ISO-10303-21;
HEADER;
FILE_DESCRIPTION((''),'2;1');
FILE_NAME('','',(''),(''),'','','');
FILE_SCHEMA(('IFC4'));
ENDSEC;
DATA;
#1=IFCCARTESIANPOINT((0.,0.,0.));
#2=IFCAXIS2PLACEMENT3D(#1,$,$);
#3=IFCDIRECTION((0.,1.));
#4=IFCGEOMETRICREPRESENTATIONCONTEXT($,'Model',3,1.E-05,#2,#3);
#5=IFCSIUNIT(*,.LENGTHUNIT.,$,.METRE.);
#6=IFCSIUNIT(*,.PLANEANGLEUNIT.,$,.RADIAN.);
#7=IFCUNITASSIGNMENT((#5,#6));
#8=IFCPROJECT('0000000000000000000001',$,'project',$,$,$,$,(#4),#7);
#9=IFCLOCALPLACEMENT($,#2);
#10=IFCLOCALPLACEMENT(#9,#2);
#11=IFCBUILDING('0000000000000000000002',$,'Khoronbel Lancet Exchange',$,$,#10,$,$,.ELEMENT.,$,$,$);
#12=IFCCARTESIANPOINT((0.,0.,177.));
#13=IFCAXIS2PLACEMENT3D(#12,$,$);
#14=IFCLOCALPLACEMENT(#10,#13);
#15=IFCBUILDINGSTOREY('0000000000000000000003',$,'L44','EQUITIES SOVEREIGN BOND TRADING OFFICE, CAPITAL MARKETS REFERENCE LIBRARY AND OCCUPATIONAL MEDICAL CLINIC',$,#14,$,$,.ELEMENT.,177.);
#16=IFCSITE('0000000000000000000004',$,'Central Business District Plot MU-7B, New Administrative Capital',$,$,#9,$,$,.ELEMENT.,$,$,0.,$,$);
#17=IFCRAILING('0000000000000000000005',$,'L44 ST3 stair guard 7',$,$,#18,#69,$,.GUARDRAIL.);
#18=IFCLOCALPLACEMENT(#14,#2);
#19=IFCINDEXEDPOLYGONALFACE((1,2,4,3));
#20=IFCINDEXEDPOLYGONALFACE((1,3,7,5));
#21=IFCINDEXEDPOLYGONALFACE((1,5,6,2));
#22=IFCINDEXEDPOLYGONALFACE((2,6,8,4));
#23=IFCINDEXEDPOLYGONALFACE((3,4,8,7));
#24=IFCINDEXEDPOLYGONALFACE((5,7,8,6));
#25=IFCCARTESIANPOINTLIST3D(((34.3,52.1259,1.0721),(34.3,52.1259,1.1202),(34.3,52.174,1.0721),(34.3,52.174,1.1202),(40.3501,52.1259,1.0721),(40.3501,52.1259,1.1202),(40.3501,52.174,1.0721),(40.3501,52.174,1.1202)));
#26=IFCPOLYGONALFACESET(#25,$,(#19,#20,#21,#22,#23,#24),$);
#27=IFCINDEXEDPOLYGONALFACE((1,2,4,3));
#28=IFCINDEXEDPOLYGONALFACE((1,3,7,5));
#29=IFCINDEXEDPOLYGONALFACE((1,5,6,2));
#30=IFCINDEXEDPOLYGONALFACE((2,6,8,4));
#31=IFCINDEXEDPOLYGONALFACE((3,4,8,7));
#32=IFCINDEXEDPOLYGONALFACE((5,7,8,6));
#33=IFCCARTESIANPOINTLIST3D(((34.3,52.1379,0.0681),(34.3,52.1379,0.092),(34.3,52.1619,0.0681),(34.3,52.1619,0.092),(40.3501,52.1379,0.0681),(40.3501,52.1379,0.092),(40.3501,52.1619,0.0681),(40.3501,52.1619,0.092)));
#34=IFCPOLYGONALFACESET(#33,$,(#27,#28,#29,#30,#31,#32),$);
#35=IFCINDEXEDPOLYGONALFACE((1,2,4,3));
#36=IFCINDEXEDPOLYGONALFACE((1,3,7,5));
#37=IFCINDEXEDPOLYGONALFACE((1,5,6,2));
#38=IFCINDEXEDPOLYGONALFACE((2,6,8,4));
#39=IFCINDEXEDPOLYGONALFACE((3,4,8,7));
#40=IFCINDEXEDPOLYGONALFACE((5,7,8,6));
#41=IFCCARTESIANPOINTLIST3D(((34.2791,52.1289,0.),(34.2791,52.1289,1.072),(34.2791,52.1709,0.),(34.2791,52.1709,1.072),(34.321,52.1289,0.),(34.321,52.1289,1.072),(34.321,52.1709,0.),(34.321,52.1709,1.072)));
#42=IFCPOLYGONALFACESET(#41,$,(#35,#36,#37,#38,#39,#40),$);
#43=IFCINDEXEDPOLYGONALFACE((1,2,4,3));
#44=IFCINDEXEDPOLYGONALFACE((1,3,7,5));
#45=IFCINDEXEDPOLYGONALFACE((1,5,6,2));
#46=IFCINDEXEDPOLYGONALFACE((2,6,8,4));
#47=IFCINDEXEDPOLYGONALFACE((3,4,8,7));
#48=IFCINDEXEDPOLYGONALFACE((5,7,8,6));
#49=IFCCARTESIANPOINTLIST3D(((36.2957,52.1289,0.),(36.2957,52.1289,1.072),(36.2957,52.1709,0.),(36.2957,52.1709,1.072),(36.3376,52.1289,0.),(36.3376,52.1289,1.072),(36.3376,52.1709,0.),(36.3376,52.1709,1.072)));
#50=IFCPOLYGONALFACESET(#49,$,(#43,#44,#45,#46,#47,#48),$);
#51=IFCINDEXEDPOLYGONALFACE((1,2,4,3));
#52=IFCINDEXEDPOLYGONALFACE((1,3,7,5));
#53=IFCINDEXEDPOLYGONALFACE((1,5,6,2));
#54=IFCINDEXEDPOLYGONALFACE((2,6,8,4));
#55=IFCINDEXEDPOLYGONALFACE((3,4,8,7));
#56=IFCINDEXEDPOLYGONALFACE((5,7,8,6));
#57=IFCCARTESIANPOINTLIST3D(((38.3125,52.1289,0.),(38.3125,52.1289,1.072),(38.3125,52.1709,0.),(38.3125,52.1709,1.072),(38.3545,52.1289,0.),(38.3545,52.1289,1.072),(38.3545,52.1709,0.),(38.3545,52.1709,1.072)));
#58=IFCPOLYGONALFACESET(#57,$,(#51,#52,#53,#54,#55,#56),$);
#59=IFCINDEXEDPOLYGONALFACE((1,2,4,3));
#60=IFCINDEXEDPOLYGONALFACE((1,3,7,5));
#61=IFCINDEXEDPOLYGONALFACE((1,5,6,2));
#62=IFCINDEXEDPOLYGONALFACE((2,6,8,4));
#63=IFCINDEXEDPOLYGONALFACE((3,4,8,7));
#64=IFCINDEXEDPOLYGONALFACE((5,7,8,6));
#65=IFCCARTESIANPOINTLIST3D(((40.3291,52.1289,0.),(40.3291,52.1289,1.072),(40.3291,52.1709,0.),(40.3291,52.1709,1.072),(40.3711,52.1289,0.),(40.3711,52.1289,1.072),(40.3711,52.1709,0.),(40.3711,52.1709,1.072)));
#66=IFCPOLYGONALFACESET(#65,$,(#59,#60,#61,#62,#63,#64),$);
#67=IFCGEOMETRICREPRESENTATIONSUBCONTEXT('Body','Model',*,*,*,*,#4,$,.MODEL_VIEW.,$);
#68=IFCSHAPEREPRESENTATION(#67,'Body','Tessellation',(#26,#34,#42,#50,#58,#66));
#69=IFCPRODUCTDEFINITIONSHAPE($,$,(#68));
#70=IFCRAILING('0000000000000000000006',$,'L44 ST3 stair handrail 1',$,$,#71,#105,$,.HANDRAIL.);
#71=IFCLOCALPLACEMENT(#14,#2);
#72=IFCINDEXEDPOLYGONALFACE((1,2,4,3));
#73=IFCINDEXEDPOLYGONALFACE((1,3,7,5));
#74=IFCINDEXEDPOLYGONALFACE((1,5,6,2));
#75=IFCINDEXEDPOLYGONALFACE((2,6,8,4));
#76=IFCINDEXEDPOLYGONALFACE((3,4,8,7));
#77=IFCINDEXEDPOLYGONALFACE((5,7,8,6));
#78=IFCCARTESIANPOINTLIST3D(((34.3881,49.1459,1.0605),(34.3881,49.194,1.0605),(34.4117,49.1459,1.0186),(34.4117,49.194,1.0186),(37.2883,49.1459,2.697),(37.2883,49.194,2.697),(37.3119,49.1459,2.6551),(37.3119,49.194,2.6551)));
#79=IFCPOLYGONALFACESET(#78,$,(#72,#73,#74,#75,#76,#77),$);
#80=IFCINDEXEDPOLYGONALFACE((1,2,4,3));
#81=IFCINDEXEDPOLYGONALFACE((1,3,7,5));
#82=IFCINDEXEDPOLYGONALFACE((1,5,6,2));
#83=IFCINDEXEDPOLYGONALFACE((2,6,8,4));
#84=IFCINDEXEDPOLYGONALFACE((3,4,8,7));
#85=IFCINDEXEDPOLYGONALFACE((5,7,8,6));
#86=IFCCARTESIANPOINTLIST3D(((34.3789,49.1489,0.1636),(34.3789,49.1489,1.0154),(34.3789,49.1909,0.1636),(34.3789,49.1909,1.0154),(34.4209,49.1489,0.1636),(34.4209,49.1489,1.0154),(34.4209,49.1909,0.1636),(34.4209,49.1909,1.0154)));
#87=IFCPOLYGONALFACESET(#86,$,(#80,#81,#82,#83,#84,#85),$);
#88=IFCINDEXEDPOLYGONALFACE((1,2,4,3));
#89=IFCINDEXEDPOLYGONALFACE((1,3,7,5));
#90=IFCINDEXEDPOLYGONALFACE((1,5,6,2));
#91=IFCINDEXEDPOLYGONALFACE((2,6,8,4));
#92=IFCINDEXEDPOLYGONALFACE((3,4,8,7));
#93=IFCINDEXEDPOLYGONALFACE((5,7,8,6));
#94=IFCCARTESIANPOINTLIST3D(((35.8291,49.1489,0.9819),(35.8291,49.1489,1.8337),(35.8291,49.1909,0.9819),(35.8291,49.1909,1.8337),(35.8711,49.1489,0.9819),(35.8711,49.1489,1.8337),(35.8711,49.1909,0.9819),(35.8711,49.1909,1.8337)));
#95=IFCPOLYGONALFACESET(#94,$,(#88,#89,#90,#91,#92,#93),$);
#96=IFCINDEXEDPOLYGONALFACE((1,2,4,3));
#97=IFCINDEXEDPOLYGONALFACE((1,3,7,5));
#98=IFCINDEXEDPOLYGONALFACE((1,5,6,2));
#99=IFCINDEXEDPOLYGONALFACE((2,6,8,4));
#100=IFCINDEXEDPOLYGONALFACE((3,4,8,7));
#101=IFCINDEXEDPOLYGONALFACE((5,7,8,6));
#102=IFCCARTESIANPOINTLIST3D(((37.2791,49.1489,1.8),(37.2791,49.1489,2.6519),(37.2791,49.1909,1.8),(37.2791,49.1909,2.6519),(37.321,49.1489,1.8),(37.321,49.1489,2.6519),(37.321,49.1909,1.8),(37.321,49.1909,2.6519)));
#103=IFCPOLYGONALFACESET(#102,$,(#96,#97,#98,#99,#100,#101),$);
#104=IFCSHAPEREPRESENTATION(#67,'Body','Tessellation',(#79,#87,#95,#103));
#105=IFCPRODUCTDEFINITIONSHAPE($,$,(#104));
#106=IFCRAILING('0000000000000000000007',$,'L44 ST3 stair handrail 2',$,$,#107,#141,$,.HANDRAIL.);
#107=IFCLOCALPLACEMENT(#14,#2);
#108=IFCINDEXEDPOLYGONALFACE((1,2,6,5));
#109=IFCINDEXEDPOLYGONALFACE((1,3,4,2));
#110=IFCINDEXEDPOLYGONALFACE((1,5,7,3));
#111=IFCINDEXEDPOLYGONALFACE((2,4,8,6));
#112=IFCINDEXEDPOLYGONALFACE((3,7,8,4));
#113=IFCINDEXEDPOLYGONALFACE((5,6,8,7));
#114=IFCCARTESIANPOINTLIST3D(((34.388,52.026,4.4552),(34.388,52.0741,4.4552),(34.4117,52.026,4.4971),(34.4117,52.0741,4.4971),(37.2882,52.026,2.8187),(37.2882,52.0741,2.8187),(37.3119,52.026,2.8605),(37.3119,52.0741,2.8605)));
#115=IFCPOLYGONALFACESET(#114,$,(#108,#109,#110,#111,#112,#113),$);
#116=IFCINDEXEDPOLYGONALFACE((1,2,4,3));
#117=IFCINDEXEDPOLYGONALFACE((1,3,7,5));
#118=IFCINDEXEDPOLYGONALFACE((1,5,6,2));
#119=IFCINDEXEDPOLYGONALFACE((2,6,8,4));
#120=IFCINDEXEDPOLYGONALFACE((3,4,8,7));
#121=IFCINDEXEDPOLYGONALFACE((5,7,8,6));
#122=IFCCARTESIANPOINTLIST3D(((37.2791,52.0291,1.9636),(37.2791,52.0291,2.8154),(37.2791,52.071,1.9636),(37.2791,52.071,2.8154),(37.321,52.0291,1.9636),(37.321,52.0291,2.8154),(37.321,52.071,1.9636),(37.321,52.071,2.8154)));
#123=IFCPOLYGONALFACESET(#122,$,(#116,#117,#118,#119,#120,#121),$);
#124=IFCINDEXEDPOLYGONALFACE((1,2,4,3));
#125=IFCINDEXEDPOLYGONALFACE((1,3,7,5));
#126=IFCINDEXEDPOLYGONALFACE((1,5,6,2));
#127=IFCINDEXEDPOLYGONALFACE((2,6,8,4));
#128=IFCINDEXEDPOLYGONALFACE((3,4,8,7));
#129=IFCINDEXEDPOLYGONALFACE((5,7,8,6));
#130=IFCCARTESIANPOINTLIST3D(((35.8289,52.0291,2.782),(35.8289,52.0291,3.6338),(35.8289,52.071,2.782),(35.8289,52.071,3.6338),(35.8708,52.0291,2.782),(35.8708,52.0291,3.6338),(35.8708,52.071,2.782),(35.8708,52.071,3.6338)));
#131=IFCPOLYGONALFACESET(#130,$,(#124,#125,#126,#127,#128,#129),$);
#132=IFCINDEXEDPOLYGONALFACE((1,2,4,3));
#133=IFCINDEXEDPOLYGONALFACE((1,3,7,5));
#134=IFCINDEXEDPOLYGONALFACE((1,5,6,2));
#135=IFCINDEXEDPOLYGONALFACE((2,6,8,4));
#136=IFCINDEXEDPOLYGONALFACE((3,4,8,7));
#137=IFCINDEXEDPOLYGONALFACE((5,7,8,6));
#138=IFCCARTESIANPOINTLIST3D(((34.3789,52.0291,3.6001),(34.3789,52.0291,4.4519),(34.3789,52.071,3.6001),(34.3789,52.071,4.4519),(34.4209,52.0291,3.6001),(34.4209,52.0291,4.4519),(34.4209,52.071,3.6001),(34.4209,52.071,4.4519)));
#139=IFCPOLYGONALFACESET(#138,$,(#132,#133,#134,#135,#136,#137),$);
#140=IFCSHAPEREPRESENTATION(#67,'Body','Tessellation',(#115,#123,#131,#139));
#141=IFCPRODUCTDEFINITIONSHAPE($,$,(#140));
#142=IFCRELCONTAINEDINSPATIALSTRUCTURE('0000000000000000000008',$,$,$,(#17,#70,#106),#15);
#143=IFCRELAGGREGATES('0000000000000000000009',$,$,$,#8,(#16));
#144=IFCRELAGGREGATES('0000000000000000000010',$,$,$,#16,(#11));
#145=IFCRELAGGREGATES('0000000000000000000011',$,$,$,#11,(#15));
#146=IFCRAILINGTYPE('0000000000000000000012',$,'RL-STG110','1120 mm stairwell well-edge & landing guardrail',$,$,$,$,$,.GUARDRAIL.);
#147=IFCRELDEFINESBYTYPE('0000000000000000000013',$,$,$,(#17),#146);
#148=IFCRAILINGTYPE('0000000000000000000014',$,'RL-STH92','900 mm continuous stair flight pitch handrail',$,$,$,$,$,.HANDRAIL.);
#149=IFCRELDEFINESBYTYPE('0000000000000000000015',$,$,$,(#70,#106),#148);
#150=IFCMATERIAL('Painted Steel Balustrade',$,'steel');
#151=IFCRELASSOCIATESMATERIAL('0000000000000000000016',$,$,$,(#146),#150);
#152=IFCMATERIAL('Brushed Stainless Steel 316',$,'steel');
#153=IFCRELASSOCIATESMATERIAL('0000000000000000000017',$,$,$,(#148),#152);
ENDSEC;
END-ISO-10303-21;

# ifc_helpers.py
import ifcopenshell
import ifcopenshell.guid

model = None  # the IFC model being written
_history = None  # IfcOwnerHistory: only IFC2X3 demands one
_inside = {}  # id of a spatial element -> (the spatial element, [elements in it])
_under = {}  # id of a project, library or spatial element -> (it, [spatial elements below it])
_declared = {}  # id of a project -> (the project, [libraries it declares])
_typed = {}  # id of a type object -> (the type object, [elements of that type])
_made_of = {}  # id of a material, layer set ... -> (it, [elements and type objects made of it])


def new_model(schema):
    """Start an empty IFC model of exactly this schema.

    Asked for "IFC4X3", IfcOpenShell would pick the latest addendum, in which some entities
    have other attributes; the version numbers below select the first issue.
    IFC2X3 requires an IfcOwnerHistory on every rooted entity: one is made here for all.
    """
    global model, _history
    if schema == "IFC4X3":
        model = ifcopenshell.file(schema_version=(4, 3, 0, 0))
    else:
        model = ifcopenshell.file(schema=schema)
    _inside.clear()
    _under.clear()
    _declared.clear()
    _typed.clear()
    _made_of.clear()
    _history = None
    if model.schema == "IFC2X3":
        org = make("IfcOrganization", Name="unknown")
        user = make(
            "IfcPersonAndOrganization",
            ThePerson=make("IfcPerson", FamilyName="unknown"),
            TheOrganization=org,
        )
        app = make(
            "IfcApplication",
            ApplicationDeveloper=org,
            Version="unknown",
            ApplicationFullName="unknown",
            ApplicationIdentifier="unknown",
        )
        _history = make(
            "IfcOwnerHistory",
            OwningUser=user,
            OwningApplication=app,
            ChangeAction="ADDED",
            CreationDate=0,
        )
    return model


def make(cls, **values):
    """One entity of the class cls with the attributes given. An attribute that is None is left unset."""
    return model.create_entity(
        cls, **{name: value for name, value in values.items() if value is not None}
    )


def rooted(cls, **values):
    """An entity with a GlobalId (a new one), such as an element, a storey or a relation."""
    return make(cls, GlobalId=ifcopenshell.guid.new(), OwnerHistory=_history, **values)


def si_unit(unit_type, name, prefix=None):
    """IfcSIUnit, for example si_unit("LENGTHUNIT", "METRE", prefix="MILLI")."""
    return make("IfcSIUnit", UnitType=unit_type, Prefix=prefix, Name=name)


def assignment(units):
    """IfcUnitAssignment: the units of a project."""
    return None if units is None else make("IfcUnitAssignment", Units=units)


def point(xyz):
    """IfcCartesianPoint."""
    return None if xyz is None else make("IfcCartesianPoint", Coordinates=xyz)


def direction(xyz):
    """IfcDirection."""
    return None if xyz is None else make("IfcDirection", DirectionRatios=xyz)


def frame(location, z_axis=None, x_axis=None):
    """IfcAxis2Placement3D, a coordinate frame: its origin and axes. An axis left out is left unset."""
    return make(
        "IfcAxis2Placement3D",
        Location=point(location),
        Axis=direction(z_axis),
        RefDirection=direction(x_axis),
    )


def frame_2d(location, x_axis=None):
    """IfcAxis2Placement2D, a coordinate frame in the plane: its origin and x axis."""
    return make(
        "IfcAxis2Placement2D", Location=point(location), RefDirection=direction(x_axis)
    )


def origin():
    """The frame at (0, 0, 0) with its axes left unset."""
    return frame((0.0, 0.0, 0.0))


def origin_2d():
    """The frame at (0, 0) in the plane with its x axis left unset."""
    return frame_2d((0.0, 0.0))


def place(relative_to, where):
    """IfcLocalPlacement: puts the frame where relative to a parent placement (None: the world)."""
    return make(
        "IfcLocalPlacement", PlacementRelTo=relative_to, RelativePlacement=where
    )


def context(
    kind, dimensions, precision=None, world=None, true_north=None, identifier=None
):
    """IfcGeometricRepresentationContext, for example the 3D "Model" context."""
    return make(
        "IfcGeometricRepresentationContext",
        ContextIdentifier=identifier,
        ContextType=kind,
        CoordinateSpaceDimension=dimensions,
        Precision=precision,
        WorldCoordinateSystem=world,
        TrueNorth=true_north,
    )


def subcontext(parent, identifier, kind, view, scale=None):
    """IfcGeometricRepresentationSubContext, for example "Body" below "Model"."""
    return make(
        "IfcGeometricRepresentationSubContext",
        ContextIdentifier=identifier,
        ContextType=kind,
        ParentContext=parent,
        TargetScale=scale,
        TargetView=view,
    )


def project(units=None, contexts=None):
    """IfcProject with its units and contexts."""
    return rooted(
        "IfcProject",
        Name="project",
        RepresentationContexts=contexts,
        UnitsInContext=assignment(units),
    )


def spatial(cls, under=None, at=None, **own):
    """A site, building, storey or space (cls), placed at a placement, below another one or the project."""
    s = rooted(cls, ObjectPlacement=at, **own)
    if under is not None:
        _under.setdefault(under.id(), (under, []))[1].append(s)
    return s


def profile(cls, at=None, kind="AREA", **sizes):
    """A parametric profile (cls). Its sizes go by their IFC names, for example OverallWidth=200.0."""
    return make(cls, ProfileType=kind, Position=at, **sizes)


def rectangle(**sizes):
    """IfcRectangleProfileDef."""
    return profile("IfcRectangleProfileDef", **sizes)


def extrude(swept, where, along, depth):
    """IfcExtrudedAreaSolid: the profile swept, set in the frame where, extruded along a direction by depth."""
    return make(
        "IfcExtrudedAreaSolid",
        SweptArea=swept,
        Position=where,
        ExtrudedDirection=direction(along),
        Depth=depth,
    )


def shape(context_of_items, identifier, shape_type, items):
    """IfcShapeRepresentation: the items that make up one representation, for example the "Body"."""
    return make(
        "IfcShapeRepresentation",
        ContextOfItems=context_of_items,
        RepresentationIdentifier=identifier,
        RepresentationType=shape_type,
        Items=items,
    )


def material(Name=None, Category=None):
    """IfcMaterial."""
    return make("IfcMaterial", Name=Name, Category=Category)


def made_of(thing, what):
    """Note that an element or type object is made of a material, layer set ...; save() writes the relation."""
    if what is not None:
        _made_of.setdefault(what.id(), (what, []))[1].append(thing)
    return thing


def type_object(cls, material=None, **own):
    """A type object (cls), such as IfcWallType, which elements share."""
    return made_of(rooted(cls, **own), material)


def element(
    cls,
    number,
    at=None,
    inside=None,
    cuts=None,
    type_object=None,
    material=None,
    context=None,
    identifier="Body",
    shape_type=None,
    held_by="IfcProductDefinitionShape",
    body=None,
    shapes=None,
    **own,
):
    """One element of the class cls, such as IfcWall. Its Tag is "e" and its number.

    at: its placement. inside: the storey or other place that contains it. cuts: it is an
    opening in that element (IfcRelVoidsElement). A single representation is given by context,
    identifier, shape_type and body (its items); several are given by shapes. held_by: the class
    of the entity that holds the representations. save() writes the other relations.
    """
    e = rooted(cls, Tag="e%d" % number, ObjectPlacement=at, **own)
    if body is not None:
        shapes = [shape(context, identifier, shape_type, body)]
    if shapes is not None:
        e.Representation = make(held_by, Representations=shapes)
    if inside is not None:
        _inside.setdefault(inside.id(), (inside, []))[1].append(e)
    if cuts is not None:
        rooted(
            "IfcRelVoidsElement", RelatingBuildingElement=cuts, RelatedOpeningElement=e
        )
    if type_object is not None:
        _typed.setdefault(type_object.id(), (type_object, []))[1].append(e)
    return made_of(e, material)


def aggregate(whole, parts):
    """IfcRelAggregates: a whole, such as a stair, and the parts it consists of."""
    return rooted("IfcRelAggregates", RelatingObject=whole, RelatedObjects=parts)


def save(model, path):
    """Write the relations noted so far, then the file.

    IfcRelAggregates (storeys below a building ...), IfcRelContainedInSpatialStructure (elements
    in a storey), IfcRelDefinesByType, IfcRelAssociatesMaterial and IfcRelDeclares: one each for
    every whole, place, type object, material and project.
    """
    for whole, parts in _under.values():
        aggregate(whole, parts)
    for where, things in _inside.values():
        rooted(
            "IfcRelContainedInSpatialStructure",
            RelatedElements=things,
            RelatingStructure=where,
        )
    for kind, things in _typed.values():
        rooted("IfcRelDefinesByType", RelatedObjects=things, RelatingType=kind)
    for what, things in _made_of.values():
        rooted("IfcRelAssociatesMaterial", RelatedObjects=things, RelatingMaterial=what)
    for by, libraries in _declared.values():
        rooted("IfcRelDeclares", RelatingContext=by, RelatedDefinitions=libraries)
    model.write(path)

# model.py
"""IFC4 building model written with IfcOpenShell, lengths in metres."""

from ifc_helpers import new_model, si_unit, direction, frame, origin, origin_2d, place, context, subcontext, project, spatial, rectangle, extrude, material, type_object, element, save


model = new_model("IFC4")

# Units and contexts
model_context = context("Model", 3, precision=1e-05, world=origin(), true_north=direction((0.0, 1.0)))
body_context = subcontext(model_context, "Body", "Model", "MODEL_VIEW")
ifc_project = project(units=[si_unit("LENGTHUNIT", "METRE"), si_unit("PLANEANGLEUNIT", "RADIAN")], contexts=[model_context])

# Site, building, storey
site_placement = place(None, origin())
site = spatial("IfcSite", under=ifc_project, at=site_placement, Name="Central Business District Plot MU-7B, New Administrative Capital", CompositionType="ELEMENT", RefElevation=0.0)
building_placement = place(site_placement, origin())
building = spatial("IfcBuilding", under=site, at=building_placement, Name="Khoronbel Lancet Exchange", CompositionType="ELEMENT")
storey_placement = place(building_placement, frame((0.0, 0.0, 177.0)))
storey = spatial("IfcBuildingStorey", under=building, at=storey_placement, Name="L44", Description="EQUITIES SOVEREIGN BOND TRADING OFFICE, CAPITAL MARKETS REFERENCE LIBRARY AND OCCUPATIONAL MEDICAL CLINIC", CompositionType="ELEMENT", Elevation=177.0)

# Railings
ifc_material_1 = material(Name="Painted Steel Balustrade", Category="steel")
railing_type_1 = type_object("IfcRailingType", Name="RL-STG110", Description="1120 mm stairwell well-edge & landing guardrail", PredefinedType="GUARDRAIL", material=ifc_material_1)
railing_1_placement = place(storey_placement, frame((34.3, 52.1499, 0.0)))
element("IfcRailing", 1, at=railing_1_placement, inside=storey, type_object=railing_type_1, Name="L44 ST3 stair guard 7", PredefinedType="GUARDRAIL", context=body_context, shape_type="SweptSolid", body=[
    extrude(rectangle(XDim=0.0481, YDim=0.0481, at=origin_2d()), frame((0.0, 0.0, 1.0962), z_axis=(1.0, 0.0, 0.0), x_axis=(0.0, 1.0, 0.0)), (0.0, 0.0, 1.0), 6.05),
    extrude(rectangle(XDim=0.0239, YDim=0.0239, at=origin_2d()), frame((0.0, 0.0, 0.0801), z_axis=(1.0, 0.0, 0.0), x_axis=(0.0, 1.0, 0.0)), (0.0, 0.0, 1.0), 6.05),
    extrude(rectangle(XDim=0.042, YDim=0.042, at=origin_2d()), origin(), (0.0, 0.0, 1.0), 1.072),
    extrude(rectangle(XDim=0.042, YDim=0.042, at=origin_2d()), frame((2.0166, 0.0, 0.0)), (0.0, 0.0, 1.0), 1.072),
    extrude(rectangle(XDim=0.042, YDim=0.042, at=origin_2d()), frame((4.0334, 0.0, 0.0)), (0.0, 0.0, 1.0), 1.072),
    extrude(rectangle(XDim=0.042, YDim=0.042, at=origin_2d()), frame((6.05, 0.0, 0.0)), (0.0, 0.0, 1.0), 1.072),
])
ifc_material_2 = material(Name="Brushed Stainless Steel 316", Category="steel")
railing_type_2 = type_object("IfcRailingType", Name="RL-STH92", Description="900 mm continuous stair flight pitch handrail", PredefinedType="HANDRAIL", material=ifc_material_2)
railing_2_placement = place(storey_placement, frame((34.3999, 49.1699, 0.1636)))
element("IfcRailing", 2, at=railing_2_placement, inside=storey, type_object=railing_type_2, Name="L44 ST3 stair handrail 1", PredefinedType="HANDRAIL", context=body_context, shape_type="SweptSolid", body=[
    extrude(rectangle(XDim=0.0481, YDim=0.0481, at=origin_2d()), frame((0.0, 0.0, 0.876), z_axis=(0.870915, 0.0, 0.491434), x_axis=(0.0, 1.0, 0.0)), (0.0, 0.0, 1.0), 3.3301),
    extrude(rectangle(XDim=0.042, YDim=0.042, at=origin_2d()), origin(), (0.0, 0.0, 1.0), 0.8518),
    extrude(rectangle(XDim=0.042, YDim=0.042, at=origin_2d()), frame((1.4502, 0.0, 0.8184)), (0.0, 0.0, 1.0), 0.8518),
    extrude(rectangle(XDim=0.042, YDim=0.042, at=origin_2d()), frame((2.9001, 0.0, 1.6365)), (0.0, 0.0, 1.0), 0.8518),
])
railing_3_placement = place(storey_placement, frame((37.3, 52.05, 1.9636)))
element("IfcRailing", 3, at=railing_3_placement, inside=storey, type_object=railing_type_2, Name="L44 ST3 stair handrail 2", PredefinedType="HANDRAIL", context=body_context, shape_type="SweptSolid", body=[
    extrude(rectangle(XDim=0.0481, YDim=0.0481, at=origin_2d()), frame((0.0, 0.0, 0.876), z_axis=(-0.870915, 0.0, 0.491434), x_axis=(0.0, -1.0, 0.0)), (0.0, 0.0, 1.0), 3.3301),
    extrude(rectangle(XDim=0.042, YDim=0.042, at=origin_2d()), origin(), (0.0, 0.0, 1.0), 0.8518),
    extrude(rectangle(XDim=0.042, YDim=0.042, at=origin_2d()), frame((-1.4502, 0.0, 0.8184)), (0.0, 0.0, 1.0), 0.8518),
    extrude(rectangle(XDim=0.042, YDim=0.042, at=origin_2d()), frame((-2.9001, 0.0, 1.6365)), (0.0, 0.0, 1.0), 0.8518),
])

save(model, "model.ifc")
